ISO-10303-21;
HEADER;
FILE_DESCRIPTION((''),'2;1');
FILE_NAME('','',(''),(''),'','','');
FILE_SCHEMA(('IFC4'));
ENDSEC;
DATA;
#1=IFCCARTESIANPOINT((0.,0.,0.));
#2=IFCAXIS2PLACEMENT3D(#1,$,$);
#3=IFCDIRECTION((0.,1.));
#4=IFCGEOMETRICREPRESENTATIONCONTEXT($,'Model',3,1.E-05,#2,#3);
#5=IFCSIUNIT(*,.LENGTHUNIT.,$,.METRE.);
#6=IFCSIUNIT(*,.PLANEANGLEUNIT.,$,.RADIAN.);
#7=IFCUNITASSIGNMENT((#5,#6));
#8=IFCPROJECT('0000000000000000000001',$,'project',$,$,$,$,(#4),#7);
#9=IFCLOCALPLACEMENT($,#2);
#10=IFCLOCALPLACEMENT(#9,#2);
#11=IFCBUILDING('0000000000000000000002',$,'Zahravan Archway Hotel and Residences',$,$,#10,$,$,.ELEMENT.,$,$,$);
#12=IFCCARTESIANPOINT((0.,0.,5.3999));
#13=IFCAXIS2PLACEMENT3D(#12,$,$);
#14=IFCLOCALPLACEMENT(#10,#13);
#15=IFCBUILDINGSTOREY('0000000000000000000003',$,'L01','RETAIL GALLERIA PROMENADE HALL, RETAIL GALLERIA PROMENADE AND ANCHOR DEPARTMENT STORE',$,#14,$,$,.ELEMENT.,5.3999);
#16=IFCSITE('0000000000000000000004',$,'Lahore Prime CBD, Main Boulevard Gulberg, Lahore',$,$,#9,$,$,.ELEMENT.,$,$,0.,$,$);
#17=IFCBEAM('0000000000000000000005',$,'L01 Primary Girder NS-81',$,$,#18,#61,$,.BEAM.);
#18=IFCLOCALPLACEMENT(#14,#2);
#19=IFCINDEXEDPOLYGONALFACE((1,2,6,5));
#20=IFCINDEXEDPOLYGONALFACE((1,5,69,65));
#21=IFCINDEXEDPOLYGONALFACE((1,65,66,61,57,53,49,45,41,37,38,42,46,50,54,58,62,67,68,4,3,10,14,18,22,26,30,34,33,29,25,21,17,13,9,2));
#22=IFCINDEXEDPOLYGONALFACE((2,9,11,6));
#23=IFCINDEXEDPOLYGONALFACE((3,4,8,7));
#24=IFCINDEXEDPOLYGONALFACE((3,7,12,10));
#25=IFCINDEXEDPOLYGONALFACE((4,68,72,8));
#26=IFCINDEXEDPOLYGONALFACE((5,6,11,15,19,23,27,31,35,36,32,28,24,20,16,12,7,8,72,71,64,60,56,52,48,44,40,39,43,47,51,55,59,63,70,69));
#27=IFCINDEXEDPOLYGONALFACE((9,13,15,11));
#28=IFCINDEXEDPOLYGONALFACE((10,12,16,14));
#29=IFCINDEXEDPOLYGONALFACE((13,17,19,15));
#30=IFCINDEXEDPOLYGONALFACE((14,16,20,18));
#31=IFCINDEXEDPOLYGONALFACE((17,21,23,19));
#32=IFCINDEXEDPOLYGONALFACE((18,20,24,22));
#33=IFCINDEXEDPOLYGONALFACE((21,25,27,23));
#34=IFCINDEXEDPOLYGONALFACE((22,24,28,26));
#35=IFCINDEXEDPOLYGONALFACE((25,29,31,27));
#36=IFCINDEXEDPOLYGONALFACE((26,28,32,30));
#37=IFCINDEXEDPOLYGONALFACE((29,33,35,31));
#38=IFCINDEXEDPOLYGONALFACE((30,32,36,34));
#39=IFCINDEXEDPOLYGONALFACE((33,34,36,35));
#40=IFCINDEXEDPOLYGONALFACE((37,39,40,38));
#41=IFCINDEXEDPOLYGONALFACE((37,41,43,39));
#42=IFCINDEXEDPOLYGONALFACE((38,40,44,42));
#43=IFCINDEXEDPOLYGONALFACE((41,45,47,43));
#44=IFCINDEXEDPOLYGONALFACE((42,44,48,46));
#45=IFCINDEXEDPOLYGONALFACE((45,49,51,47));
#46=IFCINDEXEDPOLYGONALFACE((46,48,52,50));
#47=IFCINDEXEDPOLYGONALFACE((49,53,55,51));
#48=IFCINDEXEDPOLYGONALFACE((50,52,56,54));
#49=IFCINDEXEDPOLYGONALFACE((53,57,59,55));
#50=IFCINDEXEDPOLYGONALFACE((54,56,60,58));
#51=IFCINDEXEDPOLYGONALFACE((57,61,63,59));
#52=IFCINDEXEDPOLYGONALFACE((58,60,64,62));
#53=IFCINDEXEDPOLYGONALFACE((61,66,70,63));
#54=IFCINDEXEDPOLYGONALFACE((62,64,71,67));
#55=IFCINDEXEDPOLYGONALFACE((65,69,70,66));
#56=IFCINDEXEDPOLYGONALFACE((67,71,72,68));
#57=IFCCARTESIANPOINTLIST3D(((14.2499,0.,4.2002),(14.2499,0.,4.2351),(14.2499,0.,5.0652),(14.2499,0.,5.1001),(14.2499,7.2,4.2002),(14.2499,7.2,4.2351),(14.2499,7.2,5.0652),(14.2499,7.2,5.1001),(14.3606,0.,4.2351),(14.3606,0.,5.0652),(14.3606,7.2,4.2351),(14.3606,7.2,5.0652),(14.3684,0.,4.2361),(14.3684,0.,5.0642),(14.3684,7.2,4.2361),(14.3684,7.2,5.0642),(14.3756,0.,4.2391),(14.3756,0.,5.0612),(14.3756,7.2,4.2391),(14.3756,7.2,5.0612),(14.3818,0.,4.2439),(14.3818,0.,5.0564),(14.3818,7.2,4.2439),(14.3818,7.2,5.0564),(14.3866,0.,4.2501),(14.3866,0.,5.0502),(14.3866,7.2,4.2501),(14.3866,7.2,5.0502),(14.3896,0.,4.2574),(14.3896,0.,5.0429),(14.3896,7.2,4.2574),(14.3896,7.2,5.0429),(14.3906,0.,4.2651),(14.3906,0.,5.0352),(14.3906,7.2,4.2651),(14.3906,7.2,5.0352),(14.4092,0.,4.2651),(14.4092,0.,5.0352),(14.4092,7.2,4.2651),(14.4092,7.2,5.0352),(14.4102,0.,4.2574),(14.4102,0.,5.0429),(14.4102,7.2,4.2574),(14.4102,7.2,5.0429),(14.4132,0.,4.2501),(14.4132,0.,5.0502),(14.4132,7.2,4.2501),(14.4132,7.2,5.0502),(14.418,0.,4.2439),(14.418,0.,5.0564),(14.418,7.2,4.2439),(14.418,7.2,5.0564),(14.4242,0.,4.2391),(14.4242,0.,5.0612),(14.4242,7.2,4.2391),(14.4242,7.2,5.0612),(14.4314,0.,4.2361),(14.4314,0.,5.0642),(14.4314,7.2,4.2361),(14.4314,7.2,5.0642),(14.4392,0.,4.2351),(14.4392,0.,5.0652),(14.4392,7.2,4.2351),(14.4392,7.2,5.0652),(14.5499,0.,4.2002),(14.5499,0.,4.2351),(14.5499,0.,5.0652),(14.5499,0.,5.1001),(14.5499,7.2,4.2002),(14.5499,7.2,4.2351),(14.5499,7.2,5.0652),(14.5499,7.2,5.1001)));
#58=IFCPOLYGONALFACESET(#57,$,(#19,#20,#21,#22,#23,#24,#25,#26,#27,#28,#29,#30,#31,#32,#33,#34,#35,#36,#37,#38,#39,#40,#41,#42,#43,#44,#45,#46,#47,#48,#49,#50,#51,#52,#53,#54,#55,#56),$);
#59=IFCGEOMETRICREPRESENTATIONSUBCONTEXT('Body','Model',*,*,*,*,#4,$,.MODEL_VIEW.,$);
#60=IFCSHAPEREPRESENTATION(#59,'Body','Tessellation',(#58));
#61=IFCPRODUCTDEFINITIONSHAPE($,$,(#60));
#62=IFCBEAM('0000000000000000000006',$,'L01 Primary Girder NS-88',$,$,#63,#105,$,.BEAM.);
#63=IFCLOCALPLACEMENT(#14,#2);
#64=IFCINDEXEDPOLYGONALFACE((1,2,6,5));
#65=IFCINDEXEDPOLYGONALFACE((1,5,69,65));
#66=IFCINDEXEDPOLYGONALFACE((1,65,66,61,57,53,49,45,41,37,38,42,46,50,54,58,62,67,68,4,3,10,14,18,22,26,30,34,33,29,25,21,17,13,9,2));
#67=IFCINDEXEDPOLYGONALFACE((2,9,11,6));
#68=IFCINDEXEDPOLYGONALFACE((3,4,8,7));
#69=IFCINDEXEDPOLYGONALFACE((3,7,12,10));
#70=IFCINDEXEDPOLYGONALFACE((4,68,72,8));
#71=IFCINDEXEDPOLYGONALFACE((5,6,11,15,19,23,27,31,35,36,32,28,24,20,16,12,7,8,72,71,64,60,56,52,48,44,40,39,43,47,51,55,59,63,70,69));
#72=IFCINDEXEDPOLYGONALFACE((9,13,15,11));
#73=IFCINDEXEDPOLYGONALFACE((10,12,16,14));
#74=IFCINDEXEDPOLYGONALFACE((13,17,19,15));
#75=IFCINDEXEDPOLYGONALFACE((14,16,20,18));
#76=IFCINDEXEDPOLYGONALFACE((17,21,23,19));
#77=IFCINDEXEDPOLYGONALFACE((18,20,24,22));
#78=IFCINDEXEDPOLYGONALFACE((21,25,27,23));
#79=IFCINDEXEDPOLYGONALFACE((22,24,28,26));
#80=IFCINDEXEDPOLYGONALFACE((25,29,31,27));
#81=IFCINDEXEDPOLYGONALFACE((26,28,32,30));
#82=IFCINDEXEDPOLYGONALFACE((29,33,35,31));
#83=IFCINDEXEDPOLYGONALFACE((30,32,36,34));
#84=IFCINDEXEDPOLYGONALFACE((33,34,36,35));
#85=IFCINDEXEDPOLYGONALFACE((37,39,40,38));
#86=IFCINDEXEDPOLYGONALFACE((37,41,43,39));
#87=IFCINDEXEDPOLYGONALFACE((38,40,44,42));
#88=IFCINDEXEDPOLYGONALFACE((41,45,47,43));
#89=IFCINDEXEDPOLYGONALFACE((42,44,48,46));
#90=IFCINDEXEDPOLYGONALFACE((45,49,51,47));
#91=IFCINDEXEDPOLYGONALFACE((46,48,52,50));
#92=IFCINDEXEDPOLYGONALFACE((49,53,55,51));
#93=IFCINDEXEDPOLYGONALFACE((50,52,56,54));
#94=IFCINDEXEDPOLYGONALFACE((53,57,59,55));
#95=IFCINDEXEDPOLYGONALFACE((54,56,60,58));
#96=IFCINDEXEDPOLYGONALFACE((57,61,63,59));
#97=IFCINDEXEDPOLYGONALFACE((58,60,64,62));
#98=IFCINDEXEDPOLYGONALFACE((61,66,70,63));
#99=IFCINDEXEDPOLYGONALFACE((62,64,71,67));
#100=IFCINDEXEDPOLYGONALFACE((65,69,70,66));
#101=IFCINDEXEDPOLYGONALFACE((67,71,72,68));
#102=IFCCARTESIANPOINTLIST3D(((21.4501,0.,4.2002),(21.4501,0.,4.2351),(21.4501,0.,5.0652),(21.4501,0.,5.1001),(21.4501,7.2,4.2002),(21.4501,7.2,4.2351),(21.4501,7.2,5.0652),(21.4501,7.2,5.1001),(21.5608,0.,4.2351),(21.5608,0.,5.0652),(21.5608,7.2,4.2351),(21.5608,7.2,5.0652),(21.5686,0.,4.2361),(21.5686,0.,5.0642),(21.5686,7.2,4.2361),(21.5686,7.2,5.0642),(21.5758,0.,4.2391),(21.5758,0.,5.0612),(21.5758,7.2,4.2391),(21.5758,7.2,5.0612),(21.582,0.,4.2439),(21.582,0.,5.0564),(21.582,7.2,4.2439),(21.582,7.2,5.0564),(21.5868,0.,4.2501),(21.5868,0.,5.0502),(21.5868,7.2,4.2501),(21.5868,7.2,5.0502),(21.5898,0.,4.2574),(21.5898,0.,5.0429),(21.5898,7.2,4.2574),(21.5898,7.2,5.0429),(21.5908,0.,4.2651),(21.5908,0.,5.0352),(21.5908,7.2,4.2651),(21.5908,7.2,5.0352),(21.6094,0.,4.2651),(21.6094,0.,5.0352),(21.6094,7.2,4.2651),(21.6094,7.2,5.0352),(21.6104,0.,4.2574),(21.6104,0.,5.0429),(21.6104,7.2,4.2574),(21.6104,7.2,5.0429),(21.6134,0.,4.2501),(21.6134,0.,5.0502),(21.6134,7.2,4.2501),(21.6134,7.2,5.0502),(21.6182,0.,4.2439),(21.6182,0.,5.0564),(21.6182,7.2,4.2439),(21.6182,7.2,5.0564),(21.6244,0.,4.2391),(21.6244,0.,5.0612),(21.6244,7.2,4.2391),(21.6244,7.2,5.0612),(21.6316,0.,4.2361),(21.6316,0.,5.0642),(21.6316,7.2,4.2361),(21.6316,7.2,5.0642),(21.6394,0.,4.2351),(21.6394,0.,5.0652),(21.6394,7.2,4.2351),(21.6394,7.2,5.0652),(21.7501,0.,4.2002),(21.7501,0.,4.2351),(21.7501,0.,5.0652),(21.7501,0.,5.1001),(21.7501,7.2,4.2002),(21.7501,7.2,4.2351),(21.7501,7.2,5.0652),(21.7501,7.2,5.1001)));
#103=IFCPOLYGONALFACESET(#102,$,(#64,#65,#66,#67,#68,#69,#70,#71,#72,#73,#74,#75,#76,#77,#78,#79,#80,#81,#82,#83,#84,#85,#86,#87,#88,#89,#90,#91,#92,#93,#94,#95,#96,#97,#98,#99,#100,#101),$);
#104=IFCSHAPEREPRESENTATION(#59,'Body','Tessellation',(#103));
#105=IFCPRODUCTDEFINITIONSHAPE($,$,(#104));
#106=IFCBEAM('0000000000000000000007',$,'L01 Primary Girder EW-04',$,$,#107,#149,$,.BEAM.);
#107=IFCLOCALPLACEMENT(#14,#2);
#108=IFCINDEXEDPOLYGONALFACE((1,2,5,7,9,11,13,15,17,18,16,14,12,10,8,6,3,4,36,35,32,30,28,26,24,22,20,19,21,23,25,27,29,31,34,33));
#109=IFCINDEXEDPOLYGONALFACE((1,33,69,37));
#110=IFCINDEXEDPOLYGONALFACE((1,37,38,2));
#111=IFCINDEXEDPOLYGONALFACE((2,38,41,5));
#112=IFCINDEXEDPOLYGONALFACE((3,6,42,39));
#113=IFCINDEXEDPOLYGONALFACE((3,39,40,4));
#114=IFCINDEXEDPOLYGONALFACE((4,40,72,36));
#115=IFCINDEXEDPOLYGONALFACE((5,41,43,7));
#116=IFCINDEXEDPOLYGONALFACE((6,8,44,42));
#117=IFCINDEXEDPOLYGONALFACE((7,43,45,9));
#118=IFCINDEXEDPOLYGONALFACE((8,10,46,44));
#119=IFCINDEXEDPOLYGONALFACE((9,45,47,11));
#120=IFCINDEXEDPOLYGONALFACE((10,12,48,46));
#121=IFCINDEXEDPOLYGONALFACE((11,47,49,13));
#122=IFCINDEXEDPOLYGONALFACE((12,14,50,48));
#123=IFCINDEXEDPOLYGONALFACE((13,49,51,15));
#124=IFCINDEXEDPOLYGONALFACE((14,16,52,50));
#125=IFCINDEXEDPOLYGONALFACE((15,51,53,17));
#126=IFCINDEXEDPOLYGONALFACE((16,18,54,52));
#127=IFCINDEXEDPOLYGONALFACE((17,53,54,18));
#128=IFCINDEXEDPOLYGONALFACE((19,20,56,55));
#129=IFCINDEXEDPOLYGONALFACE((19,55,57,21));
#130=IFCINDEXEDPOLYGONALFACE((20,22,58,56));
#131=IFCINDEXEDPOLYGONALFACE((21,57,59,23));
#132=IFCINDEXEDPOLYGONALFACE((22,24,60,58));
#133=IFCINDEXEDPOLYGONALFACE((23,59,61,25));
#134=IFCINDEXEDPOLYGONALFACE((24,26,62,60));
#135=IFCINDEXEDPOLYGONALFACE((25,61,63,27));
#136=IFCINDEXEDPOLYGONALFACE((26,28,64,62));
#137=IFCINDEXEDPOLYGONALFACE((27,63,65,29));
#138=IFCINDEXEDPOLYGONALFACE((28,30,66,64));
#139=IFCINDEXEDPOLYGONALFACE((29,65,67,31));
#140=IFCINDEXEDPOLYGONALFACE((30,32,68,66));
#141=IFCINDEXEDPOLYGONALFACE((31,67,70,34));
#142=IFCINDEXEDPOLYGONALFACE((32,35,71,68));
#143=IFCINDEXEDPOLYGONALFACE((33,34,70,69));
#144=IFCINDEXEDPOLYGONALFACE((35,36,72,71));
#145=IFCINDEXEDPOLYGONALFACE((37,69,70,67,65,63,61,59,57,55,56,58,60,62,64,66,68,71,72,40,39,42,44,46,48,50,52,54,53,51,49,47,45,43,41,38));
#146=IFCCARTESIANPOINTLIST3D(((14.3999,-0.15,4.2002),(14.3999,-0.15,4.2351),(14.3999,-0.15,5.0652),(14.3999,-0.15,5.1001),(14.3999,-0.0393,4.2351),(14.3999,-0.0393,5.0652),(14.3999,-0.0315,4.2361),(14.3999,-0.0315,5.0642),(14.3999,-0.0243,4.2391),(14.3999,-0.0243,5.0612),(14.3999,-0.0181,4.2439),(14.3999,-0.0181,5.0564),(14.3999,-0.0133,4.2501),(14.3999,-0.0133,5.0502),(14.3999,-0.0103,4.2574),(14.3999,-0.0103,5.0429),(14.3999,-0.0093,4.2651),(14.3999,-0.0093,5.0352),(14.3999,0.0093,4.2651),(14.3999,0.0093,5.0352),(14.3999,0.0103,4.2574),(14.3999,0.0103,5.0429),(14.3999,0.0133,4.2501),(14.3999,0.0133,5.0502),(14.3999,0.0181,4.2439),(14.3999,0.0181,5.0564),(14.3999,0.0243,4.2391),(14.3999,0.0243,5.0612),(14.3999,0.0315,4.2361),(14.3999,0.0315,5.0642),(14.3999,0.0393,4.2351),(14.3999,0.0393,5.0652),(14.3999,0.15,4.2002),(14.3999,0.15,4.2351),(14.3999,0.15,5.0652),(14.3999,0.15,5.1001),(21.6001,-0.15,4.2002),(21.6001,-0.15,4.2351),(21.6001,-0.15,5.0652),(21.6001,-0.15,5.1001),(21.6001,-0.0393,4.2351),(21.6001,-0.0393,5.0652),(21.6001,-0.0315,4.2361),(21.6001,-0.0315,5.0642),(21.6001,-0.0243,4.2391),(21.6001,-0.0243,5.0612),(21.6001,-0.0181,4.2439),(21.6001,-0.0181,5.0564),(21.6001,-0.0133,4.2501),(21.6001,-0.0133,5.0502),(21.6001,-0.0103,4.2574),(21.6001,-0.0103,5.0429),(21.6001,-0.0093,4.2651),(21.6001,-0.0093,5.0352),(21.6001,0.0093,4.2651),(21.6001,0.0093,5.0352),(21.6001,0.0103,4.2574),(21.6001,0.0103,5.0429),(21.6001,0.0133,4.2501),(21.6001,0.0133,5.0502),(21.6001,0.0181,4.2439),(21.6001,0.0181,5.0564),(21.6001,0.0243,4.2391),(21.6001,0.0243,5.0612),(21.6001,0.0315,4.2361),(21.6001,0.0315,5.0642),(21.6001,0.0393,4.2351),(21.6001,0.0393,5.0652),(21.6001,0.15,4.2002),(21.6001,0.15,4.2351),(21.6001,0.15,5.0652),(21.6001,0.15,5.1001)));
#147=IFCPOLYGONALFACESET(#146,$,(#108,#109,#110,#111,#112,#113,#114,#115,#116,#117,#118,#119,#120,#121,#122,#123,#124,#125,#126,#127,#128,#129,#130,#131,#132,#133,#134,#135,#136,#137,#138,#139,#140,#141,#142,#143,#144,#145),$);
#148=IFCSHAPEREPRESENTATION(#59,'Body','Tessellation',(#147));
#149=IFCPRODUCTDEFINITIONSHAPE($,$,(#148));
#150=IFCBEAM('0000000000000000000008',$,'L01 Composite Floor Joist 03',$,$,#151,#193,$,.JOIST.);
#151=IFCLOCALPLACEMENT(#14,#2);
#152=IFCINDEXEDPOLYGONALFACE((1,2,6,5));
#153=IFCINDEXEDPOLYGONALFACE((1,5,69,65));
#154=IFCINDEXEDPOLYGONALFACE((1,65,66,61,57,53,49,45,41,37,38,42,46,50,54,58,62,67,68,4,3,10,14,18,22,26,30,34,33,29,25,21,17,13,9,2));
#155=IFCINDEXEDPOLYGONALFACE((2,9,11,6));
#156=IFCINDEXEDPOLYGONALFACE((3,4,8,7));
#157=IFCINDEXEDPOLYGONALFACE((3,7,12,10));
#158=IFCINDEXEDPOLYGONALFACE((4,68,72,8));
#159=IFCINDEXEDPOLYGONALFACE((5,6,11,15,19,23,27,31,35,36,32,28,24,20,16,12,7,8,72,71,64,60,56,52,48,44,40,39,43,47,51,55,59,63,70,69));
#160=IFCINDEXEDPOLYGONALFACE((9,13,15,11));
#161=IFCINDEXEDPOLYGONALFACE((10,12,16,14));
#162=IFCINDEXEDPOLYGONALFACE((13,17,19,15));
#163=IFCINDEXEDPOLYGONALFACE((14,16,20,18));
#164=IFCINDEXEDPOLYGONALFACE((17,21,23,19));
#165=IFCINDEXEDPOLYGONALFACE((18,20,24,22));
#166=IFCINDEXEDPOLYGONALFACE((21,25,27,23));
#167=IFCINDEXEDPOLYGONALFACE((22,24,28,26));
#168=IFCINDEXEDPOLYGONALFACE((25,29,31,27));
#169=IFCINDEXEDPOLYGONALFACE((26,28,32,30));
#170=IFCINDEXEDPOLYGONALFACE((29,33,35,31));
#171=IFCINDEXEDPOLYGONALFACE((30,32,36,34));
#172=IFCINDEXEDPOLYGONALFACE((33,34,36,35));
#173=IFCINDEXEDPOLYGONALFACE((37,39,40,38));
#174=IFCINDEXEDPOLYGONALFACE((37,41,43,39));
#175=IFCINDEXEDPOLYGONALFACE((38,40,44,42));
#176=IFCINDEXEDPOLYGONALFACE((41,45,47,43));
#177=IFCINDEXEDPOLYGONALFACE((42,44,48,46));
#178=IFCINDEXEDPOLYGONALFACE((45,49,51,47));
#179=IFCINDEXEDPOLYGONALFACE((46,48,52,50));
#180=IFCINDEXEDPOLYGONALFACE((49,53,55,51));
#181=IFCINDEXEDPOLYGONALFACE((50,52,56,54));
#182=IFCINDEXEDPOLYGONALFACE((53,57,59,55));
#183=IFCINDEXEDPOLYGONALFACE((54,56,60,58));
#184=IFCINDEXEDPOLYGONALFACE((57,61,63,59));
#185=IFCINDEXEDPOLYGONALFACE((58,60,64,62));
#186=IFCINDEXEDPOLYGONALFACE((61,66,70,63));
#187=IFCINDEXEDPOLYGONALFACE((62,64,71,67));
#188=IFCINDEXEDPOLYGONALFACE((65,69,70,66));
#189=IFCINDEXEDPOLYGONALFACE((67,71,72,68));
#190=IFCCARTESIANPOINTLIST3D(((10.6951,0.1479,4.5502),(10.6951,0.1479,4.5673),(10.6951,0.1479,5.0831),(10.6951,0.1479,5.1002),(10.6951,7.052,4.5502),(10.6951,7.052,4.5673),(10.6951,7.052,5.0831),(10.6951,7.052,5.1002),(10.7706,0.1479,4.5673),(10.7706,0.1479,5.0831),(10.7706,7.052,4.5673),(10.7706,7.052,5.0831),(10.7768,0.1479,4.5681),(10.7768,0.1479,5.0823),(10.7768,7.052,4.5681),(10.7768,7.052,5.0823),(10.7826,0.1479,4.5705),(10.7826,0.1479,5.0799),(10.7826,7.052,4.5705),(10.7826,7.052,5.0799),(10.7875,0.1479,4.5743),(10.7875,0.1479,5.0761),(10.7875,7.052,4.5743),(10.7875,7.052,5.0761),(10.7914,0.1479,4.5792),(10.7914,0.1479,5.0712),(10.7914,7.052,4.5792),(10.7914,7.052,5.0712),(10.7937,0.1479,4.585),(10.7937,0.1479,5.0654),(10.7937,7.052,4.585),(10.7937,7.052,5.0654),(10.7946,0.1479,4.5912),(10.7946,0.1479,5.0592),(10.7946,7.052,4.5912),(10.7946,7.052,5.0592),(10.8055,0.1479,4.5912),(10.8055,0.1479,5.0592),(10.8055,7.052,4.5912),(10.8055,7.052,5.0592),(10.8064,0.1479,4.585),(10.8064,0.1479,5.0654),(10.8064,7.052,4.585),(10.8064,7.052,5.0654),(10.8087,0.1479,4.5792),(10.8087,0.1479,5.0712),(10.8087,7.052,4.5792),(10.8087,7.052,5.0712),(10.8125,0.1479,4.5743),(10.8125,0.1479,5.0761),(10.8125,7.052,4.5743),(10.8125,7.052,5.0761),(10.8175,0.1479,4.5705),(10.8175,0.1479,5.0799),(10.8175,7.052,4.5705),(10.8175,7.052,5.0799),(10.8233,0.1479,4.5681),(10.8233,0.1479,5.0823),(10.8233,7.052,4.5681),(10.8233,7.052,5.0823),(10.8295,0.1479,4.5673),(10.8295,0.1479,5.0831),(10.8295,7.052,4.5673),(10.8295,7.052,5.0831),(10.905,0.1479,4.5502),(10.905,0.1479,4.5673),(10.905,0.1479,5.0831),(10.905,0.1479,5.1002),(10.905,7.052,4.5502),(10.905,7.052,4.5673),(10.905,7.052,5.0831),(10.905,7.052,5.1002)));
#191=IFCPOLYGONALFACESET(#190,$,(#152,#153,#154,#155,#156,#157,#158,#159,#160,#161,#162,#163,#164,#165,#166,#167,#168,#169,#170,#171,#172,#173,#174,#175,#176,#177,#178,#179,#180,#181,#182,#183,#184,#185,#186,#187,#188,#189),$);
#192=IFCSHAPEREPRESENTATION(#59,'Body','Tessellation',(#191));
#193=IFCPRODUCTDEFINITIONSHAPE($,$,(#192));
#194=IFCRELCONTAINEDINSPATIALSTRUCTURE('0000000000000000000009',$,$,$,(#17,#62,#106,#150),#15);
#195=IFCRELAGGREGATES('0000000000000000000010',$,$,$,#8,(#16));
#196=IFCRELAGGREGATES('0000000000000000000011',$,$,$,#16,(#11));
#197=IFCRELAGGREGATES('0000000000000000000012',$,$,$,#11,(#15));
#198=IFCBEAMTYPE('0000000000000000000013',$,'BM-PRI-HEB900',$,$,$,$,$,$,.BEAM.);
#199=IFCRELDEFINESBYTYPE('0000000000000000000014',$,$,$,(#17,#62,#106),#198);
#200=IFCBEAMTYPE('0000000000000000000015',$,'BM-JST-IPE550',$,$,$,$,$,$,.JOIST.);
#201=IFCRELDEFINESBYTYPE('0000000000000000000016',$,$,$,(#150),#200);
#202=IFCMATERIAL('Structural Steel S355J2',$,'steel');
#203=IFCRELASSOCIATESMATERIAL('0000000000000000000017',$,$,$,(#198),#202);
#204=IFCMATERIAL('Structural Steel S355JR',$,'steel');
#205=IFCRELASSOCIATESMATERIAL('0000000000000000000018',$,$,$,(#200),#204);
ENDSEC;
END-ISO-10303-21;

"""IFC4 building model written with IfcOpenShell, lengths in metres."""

from ifc_helpers import new_model, si_unit, direction, frame, origin, origin_2d, place, context, subcontext, project, spatial, i_section, extrude, source, transform, mapped, material, material_profile, profile_set, type_object, type_shapes, element, save


model = new_model("IFC4")

# Units and contexts
model_context = context("Model", 3, precision=1e-05, world=origin(), true_north=direction((0.0, 1.0)))
body_context = subcontext(model_context, "Body", "Model", "MODEL_VIEW")
ifc_project = project(units=[si_unit("LENGTHUNIT", "METRE"), si_unit("PLANEANGLEUNIT", "RADIAN")], contexts=[model_context])

# Site, building, storey
site_placement = place(None, origin())
site = spatial("IfcSite", under=ifc_project, at=site_placement, Name="Lahore Prime CBD, Main Boulevard Gulberg, Lahore", CompositionType="ELEMENT", RefElevation=0.0)
building_placement = place(site_placement, origin())
building = spatial("IfcBuilding", under=site, at=building_placement, Name="Zahravan Archway Hotel and Residences", CompositionType="ELEMENT")
storey_placement = place(building_placement, frame((0.0, 0.0, 5.3999)))
storey = spatial("IfcBuildingStorey", under=building, at=storey_placement, Name="L01", Description="RETAIL GALLERIA PROMENADE HALL, RETAIL GALLERIA PROMENADE AND ANCHOR DEPARTMENT STORE", CompositionType="ELEMENT", Elevation=5.3999)

# Beams
ifc_material_1 = material(Name="Structural Steel S355J2", Category="steel")
ifc_material_profile_1 = material_profile(ifc_material_1, i_section(OverallWidth=0.3, OverallDepth=0.8999, WebThickness=0.0186, FlangeThickness=0.0349, FilletRadius=0.03, at=origin_2d()), Name="HEB 900", Category="steel")
ifc_profile_set_1 = profile_set([ifc_material_profile_1], Name="Structural Steel S355J2")
beam_type_1 = type_object("IfcBeamType", Name="BM-PRI-HEB900", PredefinedType="BEAM", material=ifc_profile_set_1)
shared_shape_1 = source(origin(), body_context, "Body", "SweptSolid", [
    extrude(i_section(OverallWidth=0.3, OverallDepth=0.8999, WebThickness=0.0186, FlangeThickness=0.0349, FilletRadius=0.03, at=origin_2d()), origin(), (0.0, 0.0, 1.0), 7.2),
])
for number, where, z_axis, x_axis, name in (
    (1, (14.3999, 0.0, 4.6501), (0.0, 1.0, 0.0), (-1.0, 0.0, 0.0), "L01 Primary Girder NS-81"),
    (2, (21.6001, 0.0, 4.6501), (0.0, 1.0, 0.0), (-1.0, 0.0, 0.0), "L01 Primary Girder NS-88"),
):
    element("IfcBeam", number, at=place(storey_placement, frame(where, z_axis=z_axis, x_axis=x_axis)), inside=storey, type_object=beam_type_1, Name=name, PredefinedType="BEAM", context=body_context, shape_type="MappedRepresentation", body=[
        mapped(shared_shape_1, transform((0.0, 0.0, 0.0), scale=1.0)),
    ])
shared_shape_2 = source(origin(), body_context, "Body", "SweptSolid", [
    extrude(i_section(OverallWidth=0.3, OverallDepth=0.8999, WebThickness=0.0186, FlangeThickness=0.0349, FilletRadius=0.03, at=origin_2d()), origin(), (0.0, 0.0, 1.0), 7.2002),
])
beam_1_placement = place(storey_placement, frame((14.3999, 0.0, 4.6501), z_axis=(1.0, 0.0, 0.0), x_axis=(0.0, 1.0, 0.0)))
element("IfcBeam", 3, at=beam_1_placement, inside=storey, type_object=beam_type_1, Name="L01 Primary Girder EW-04", PredefinedType="BEAM", context=body_context, shape_type="MappedRepresentation", body=[
    mapped(shared_shape_2, transform((0.0, 0.0, 0.0), scale=1.0)),
])
ifc_material_2 = material(Name="Structural Steel S355JR", Category="steel")
ifc_material_profile_2 = material_profile(ifc_material_2, i_section(OverallWidth=0.21, OverallDepth=0.55, WebThickness=0.011, FlangeThickness=0.0171, FilletRadius=0.0239, at=origin_2d()), Name="IPE 550", Category="steel")
ifc_profile_set_2 = profile_set([ifc_material_profile_2], Name="Structural Steel S355JR")
beam_type_2 = type_object("IfcBeamType", Name="BM-JST-IPE550", PredefinedType="JOIST", material=ifc_profile_set_2)
shared_shape_3 = source(origin(), body_context, "Body", "SweptSolid", [
    extrude(i_section(OverallWidth=0.21, OverallDepth=0.55, WebThickness=0.011, FlangeThickness=0.0171, FilletRadius=0.0239, at=origin_2d()), origin(), (0.0, 0.0, 1.0), 6.9041),
])
type_shapes(beam_type_2, [shared_shape_3])
for number, where, z_axis, x_axis, name in (
    (4, (10.8, 0.1479, 4.8252), (0.0, 1.0, 0.0), (-1.0, 0.0, 0.0), "L01 Composite Floor Joist 03"),
):
    element("IfcBeam", number, at=place(storey_placement, frame(where, z_axis=z_axis, x_axis=x_axis)), inside=storey, type_object=beam_type_2, Name=name, PredefinedType="JOIST", context=body_context, shape_type="MappedRepresentation", body=[
        mapped(shared_shape_3, transform((0.0, 0.0, 0.0), scale=1.0)),
    ])

save(model, "model.ifc")
